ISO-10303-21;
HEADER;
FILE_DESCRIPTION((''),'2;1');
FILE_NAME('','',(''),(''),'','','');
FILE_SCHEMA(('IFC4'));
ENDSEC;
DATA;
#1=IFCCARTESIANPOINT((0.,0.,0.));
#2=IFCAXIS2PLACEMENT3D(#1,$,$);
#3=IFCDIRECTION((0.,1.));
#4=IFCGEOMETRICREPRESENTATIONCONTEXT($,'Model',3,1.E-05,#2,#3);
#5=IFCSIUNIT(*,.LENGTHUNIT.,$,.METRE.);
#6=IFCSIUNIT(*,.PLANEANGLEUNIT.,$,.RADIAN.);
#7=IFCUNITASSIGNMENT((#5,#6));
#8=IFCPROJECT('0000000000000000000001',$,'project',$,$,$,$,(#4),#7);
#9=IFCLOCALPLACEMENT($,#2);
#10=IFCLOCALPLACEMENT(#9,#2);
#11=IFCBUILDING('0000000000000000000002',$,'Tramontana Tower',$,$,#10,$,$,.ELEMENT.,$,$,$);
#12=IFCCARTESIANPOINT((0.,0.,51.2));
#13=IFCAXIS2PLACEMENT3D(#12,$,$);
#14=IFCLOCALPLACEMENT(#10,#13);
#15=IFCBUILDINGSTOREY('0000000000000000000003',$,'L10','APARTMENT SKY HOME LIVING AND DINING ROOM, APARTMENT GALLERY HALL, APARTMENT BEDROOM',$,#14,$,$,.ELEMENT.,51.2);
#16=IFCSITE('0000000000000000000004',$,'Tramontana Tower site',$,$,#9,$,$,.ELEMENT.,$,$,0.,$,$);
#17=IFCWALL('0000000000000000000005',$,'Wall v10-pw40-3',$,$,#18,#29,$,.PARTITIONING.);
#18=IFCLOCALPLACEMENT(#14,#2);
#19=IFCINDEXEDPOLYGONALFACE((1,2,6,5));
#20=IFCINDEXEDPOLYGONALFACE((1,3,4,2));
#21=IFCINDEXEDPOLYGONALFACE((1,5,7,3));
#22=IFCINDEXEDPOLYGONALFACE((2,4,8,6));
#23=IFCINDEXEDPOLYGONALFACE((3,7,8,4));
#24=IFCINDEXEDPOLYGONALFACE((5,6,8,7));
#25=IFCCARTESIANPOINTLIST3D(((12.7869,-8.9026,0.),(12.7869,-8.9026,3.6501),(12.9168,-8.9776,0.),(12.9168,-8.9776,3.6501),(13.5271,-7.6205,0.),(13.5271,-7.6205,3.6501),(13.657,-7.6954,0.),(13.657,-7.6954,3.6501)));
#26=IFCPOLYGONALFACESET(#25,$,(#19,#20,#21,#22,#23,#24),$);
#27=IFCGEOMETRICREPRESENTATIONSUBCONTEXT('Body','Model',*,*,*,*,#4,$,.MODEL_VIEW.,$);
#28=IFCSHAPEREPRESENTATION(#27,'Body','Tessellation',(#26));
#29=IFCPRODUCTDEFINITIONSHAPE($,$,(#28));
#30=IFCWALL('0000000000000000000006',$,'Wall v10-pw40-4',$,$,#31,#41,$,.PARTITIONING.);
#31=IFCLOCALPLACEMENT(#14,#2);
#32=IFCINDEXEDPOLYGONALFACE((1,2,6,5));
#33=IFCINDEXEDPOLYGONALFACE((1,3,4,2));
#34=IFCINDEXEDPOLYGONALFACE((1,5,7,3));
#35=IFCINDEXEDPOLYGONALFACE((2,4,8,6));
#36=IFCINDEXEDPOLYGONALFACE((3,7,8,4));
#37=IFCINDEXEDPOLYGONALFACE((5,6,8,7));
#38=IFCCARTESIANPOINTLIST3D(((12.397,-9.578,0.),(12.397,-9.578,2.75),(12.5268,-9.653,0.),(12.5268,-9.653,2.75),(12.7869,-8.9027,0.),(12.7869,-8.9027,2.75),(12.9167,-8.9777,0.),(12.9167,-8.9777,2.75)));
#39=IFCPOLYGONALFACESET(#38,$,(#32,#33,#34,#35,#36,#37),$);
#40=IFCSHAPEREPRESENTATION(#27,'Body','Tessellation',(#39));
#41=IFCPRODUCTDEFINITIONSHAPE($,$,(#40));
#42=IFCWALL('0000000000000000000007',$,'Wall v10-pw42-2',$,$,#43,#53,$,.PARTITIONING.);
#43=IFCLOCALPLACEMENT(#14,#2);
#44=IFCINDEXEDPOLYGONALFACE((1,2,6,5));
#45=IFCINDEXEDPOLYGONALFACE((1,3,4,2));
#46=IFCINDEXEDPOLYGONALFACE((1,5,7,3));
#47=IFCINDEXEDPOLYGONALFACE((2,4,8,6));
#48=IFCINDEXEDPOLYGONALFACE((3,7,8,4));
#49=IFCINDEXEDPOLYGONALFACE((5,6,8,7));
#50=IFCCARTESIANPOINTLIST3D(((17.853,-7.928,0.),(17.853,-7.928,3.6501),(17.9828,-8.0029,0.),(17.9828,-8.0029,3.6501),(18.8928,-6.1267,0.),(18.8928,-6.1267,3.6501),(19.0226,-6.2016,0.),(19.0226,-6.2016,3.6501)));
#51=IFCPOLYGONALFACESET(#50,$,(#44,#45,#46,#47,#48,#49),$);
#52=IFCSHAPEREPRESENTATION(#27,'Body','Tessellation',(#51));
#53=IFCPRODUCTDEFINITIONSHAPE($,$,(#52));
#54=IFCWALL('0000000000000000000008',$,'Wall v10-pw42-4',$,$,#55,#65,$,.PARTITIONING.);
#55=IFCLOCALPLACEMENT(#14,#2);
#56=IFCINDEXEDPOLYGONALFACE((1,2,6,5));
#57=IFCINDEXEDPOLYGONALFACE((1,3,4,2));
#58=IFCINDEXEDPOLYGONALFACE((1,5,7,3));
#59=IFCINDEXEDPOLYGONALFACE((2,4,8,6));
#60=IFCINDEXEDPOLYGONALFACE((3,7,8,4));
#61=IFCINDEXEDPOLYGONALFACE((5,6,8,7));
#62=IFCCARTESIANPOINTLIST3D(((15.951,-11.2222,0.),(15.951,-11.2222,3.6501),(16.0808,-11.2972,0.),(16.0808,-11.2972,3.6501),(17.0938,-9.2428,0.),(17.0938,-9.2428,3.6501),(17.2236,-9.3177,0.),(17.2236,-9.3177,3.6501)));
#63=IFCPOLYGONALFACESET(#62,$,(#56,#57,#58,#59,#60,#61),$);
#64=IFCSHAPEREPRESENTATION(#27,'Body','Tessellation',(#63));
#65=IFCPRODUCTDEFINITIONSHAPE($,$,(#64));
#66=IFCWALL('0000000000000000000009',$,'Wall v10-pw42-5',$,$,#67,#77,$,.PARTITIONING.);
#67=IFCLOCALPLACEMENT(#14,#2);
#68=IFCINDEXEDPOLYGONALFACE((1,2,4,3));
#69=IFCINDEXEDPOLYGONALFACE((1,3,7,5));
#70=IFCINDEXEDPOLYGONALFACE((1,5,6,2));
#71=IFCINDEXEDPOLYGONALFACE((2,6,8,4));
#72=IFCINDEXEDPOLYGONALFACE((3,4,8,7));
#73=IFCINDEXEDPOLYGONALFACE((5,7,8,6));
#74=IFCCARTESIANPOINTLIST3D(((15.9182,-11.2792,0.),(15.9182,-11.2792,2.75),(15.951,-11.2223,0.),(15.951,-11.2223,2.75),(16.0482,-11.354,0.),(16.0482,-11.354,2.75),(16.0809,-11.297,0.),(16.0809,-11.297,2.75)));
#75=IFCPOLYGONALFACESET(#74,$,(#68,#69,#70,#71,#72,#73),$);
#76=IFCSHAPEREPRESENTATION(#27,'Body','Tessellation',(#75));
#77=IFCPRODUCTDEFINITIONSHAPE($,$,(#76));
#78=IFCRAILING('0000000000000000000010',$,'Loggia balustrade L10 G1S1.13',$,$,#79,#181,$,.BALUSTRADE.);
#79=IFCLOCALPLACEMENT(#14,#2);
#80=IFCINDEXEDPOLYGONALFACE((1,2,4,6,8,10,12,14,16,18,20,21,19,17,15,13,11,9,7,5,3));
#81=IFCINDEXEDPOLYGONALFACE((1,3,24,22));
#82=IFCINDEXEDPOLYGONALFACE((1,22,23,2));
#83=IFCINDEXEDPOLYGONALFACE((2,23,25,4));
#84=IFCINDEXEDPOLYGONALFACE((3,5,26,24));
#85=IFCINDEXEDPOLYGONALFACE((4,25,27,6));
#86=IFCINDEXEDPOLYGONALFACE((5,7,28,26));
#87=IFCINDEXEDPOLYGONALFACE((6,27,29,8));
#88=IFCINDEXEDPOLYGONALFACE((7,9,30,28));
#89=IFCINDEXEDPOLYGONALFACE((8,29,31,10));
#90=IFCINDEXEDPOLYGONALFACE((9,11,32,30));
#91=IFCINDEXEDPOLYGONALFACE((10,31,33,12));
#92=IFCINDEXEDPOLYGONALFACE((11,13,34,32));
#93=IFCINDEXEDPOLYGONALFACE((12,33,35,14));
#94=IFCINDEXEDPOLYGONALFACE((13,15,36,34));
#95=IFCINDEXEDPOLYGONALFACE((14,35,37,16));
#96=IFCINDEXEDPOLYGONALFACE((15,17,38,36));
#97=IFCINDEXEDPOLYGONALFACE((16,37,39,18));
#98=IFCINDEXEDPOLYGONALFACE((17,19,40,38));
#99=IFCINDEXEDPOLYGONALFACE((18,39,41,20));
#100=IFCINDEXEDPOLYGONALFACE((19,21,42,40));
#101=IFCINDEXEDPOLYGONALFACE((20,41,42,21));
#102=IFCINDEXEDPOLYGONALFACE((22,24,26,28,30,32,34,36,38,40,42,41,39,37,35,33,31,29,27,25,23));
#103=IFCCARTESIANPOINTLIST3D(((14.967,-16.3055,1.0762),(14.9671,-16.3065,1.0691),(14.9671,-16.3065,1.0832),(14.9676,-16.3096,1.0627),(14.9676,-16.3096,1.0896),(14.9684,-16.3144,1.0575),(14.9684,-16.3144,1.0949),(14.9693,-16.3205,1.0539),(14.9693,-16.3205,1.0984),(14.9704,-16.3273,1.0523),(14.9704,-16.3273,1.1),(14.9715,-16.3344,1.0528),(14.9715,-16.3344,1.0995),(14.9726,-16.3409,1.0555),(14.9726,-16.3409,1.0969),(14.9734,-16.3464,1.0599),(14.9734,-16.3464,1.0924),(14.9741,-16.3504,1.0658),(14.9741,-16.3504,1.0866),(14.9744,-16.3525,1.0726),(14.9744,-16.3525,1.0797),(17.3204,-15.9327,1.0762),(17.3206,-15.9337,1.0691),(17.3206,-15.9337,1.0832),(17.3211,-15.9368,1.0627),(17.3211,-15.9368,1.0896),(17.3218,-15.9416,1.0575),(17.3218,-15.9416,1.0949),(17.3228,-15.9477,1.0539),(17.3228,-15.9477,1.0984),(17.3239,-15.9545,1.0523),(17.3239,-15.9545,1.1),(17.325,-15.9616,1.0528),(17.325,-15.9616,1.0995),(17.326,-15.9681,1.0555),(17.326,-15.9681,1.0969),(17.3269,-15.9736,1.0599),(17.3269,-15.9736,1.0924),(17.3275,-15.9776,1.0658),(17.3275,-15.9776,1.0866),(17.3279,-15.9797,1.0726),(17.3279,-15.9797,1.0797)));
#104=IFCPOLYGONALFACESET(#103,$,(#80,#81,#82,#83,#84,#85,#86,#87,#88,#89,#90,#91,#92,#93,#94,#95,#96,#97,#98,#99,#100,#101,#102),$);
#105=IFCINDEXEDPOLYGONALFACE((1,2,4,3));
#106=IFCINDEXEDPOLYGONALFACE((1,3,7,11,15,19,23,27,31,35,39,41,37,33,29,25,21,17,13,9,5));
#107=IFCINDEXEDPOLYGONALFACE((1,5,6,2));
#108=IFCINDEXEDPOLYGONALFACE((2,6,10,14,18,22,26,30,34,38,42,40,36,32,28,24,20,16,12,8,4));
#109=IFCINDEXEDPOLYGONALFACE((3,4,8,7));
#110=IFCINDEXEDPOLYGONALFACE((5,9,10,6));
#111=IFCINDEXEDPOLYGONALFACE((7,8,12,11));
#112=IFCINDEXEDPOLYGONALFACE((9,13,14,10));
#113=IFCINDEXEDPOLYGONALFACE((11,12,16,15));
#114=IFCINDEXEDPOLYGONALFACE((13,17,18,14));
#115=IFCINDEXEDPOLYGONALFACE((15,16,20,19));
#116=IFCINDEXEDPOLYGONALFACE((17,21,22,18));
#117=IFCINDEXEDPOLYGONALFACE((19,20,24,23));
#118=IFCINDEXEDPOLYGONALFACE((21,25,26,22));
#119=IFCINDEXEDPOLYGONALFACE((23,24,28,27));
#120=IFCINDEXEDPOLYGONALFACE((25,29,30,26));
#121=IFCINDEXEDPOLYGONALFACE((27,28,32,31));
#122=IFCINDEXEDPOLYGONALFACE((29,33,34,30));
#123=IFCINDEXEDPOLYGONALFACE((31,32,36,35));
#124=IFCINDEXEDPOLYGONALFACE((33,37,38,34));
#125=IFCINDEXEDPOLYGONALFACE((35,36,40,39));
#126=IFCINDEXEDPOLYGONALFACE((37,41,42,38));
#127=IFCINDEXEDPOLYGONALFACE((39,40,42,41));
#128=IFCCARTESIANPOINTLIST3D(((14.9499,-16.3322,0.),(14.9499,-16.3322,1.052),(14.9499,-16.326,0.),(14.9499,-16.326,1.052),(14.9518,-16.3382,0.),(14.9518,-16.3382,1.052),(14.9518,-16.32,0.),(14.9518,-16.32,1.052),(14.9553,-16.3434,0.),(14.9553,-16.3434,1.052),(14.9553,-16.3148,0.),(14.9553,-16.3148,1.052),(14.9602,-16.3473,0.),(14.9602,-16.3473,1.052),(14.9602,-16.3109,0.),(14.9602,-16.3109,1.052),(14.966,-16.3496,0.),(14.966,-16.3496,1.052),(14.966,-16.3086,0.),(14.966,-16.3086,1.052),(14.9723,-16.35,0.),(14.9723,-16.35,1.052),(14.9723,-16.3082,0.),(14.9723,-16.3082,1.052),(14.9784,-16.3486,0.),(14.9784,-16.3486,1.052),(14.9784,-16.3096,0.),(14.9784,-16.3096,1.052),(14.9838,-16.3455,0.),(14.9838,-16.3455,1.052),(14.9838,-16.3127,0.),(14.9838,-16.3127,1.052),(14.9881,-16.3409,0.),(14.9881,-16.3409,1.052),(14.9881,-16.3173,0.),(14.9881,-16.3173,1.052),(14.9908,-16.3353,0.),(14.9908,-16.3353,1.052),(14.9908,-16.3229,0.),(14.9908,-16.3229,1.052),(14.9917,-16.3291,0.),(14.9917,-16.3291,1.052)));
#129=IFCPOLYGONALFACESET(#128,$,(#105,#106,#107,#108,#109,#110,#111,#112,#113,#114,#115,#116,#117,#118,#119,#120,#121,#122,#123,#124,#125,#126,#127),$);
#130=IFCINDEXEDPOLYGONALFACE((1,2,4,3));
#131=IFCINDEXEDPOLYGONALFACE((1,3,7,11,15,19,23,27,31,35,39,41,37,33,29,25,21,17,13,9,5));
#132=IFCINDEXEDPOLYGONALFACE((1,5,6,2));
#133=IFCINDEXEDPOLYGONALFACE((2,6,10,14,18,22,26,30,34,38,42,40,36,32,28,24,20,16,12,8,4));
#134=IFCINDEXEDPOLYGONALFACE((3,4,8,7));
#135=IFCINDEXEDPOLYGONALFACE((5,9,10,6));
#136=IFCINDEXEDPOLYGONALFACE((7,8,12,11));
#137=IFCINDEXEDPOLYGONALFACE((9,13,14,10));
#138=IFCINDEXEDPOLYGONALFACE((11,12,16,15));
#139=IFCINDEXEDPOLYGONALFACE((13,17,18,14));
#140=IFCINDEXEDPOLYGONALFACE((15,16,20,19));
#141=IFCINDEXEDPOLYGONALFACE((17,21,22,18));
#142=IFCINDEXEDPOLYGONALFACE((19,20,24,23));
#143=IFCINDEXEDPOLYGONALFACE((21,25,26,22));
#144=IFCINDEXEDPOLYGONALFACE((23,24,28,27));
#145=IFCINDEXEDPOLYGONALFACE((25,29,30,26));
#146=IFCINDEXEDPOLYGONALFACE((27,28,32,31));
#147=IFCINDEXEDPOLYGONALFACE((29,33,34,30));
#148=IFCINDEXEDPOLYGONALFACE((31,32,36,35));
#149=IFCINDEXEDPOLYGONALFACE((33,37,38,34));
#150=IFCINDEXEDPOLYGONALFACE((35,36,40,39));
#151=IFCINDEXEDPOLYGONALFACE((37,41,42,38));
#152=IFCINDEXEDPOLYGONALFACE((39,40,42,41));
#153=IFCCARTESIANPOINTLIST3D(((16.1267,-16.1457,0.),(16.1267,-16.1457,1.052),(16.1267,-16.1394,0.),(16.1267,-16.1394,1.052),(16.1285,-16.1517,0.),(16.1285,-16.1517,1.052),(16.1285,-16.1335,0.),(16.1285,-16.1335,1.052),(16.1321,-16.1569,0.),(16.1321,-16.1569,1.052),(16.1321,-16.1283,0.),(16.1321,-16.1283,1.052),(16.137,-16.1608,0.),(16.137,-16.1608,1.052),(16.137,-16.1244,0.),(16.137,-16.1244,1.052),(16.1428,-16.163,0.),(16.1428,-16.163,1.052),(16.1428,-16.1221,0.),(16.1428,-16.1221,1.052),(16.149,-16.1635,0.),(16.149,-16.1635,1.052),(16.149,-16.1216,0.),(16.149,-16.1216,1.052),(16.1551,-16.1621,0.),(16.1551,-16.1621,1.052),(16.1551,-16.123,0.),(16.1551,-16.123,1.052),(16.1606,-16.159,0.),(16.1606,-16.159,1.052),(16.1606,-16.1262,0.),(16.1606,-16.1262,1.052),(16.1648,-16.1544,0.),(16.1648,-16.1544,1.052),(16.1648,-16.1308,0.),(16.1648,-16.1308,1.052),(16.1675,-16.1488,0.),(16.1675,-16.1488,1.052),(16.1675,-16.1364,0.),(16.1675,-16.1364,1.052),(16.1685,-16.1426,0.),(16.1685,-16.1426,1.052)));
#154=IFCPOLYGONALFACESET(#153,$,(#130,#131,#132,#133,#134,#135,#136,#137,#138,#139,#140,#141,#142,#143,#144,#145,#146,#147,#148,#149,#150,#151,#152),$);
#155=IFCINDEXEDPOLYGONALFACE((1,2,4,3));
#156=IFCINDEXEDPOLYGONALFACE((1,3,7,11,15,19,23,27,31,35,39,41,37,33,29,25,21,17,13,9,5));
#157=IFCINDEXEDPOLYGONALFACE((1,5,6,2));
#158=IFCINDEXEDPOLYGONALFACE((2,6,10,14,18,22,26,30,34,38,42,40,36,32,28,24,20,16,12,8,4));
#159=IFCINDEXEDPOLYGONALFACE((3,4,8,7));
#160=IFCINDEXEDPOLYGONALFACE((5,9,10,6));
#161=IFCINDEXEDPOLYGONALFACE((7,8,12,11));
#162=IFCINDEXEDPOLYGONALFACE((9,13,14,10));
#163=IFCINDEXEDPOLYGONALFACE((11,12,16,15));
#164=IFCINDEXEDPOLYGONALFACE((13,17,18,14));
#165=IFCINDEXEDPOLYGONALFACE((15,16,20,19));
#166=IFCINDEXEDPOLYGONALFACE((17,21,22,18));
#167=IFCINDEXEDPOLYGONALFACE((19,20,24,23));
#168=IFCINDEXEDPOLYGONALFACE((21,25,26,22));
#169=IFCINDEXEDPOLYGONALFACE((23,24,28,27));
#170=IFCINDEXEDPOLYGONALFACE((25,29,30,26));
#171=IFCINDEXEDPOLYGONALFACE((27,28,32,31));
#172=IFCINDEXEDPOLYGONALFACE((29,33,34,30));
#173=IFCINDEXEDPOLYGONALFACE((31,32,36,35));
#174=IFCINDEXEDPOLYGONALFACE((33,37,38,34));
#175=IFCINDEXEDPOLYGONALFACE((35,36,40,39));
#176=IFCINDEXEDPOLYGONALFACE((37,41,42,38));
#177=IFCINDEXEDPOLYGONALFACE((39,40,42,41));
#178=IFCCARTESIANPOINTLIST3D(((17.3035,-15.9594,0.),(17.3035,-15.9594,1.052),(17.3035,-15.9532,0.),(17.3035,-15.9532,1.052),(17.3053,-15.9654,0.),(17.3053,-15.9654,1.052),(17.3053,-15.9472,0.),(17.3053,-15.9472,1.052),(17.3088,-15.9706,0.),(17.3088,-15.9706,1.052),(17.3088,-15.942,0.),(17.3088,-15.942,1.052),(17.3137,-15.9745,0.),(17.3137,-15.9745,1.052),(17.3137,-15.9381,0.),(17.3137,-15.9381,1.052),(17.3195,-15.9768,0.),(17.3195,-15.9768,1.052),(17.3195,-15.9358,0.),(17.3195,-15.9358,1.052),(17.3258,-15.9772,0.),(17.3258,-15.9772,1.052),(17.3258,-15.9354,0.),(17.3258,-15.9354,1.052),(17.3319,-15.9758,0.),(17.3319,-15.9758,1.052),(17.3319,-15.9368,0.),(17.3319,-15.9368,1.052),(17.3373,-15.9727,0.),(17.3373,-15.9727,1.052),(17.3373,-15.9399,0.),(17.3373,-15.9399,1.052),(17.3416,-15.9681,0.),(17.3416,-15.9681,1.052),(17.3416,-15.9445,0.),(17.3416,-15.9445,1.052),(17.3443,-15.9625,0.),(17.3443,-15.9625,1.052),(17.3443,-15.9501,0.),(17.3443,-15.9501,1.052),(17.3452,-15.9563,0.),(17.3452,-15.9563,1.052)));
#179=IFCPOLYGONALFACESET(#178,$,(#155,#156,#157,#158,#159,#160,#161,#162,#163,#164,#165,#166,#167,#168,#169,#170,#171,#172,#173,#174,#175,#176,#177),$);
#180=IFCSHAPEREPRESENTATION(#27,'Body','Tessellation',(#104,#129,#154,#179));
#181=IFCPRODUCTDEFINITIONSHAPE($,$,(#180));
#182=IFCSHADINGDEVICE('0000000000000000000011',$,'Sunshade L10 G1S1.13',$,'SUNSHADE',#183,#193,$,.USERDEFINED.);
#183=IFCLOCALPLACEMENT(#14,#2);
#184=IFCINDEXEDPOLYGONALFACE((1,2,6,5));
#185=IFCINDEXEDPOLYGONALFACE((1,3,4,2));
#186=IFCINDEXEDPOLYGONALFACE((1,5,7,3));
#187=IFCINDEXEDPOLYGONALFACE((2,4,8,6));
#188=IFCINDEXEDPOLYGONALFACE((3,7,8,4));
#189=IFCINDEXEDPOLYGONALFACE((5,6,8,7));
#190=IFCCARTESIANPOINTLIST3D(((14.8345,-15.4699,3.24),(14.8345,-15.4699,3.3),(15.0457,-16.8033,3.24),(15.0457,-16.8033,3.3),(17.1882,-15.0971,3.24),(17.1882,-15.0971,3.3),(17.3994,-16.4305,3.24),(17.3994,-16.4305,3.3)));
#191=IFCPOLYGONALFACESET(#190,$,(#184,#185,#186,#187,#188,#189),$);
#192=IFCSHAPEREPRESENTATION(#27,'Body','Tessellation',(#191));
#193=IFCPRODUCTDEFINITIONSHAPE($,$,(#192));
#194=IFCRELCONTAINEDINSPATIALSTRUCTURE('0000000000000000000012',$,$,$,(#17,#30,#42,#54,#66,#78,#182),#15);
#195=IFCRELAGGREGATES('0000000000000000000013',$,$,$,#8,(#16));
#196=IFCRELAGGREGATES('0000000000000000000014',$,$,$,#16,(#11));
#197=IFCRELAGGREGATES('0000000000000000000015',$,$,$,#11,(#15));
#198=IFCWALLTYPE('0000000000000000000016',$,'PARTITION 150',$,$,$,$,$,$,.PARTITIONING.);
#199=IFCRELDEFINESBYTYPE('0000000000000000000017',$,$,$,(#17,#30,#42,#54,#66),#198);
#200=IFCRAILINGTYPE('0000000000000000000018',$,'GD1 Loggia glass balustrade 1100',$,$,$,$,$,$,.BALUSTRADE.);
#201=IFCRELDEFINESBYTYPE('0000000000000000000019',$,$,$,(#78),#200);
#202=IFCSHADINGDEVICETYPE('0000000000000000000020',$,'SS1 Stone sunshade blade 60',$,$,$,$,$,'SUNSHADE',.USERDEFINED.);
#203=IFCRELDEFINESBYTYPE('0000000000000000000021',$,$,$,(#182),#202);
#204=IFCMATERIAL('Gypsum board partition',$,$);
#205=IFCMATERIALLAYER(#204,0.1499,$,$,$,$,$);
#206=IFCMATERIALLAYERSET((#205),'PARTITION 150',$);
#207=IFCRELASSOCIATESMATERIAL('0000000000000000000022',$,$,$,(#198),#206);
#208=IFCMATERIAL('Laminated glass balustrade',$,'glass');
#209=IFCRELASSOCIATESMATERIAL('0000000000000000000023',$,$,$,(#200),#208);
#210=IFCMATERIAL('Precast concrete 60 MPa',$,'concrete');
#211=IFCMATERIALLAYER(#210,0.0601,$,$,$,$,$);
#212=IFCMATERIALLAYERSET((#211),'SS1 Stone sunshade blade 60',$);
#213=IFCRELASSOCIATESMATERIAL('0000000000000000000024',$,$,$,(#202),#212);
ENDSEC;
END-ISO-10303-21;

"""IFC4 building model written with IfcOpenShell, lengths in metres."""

from ifc_helpers import new_model, si_unit, direction, frame, frame_2d, origin, origin_2d, place, context, subcontext, project, spatial, rectangle, circle, extrude, material, layer, layer_set, type_object, element, save


model = new_model("IFC4")

# Units and contexts
model_context = context("Model", 3, precision=1e-05, world=origin(), true_north=direction((0.0, 1.0)))
body_context = subcontext(model_context, "Body", "Model", "MODEL_VIEW")
ifc_project = project(units=[si_unit("LENGTHUNIT", "METRE"), si_unit("PLANEANGLEUNIT", "RADIAN")], contexts=[model_context])

# Site, building, storey
site_placement = place(None, origin())
site = spatial("IfcSite", under=ifc_project, at=site_placement, Name="Tramontana Tower site", CompositionType="ELEMENT", RefElevation=0.0)
building_placement = place(site_placement, origin())
building = spatial("IfcBuilding", under=site, at=building_placement, Name="Tramontana Tower", CompositionType="ELEMENT")
storey_placement = place(building_placement, frame((0.0, 0.0, 51.2)))
storey = spatial("IfcBuildingStorey", under=building, at=storey_placement, Name="L10", Description="APARTMENT SKY HOME LIVING AND DINING ROOM, APARTMENT GALLERY HALL, APARTMENT BEDROOM", CompositionType="ELEMENT", Elevation=51.2)

# Shared definitions
ifc_material_1 = material(Name="Gypsum board partition")
ifc_layer_1 = layer(ifc_material_1, 0.1499)
ifc_layer_set_1 = layer_set([ifc_layer_1], Name="PARTITION 150")
wall_type_1 = type_object("IfcWallType", Name="PARTITION 150", PredefinedType="PARTITIONING", material=ifc_layer_set_1)

# Walls
wall_1_placement = place(storey_placement, frame((13.592, -7.658, 0.0), z_axis=(0.0, 0.0, 1.0), x_axis=(-0.49997, -0.866043, 0.0)))
element("IfcWall", 1, at=wall_1_placement, inside=storey, type_object=wall_type_1, Name="Wall v10-pw40-3", PredefinedType="PARTITIONING", context=body_context, shape_type="SweptSolid", body=[
    extrude(rectangle(XDim=1.4805, YDim=0.1499, at=frame_2d((0.7402, 0.0))), origin(), (0.0, 0.0, 1.0), 3.6501),
])
wall_2_placement = place(storey_placement, frame((12.8518, -8.9402, 0.0), z_axis=(0.0, 0.0, 1.0), x_axis=(-0.500012, -0.866019, 0.0)))
element("IfcWall", 2, at=wall_2_placement, inside=storey, type_object=wall_type_1, Name="Wall v10-pw40-4", PredefinedType="PARTITIONING", context=body_context, shape_type="SweptSolid", body=[
    extrude(rectangle(XDim=0.7798, YDim=0.1499, at=frame_2d((0.3899, 0.0))), origin(), (0.0, 0.0, 1.0), 2.75),
])

# Wall
wall_3_placement = place(storey_placement, frame((18.9578, -6.1641, 0.0), z_axis=(0.0, 0.0, 1.0), x_axis=(-0.499939, -0.86606, 0.0)))
element("IfcWall", 3, at=wall_3_placement, inside=storey, type_object=wall_type_1, Name="Wall v10-pw42-2", PredefinedType="PARTITIONING", context=body_context, shape_type="SweptSolid", body=[
    extrude(rectangle(XDim=2.0798, YDim=0.1499, at=frame_2d((1.04, 0.0))), origin(), (0.0, 0.0, 1.0), 3.6501),
])

# Walls
wall_4_placement = place(storey_placement, frame((17.1587, -9.2803, 0.0), z_axis=(0.0, 0.0, 1.0), x_axis=(-0.499988, -0.866033, 0.0)))
element("IfcWall", 4, at=wall_4_placement, inside=storey, type_object=wall_type_1, Name="Wall v10-pw42-4", PredefinedType="PARTITIONING", context=body_context, shape_type="SweptSolid", body=[
    extrude(rectangle(XDim=2.2856, YDim=0.1499, at=frame_2d((1.1428, 0.0))), origin(), (0.0, 0.0, 1.0), 3.6501),
])
wall_5_placement = place(storey_placement, frame((16.0159, -11.2598, 0.0), z_axis=(0.0, 0.0, 1.0), x_axis=(-0.498541, -0.866866, 0.0)))
element("IfcWall", 5, at=wall_5_placement, inside=storey, type_object=wall_type_1, Name="Wall v10-pw42-5", PredefinedType="PARTITIONING", context=body_context, shape_type="SweptSolid", body=[
    extrude(rectangle(XDim=0.0657, YDim=0.1499, at=frame_2d((0.0327, 0.0))), origin(), (0.0, 0.0, 1.0), 2.75),
])

# Railing
ifc_material_2 = material(Name="Laminated glass balustrade", Category="glass")
railing_type = type_object("IfcRailingType", Name="GD1 Loggia glass balustrade 1100", PredefinedType="BALUSTRADE", material=ifc_material_2)
railing_placement = place(storey_placement, frame((14.9707, -16.3291, 0.0)))
element("IfcRailing", 6, at=railing_placement, inside=storey, type_object=railing_type, Name="Loggia balustrade L10 G1S1.13", PredefinedType="BALUSTRADE", context=body_context, shape_type="SweptSolid", body=[
    extrude(circle(Radius=0.0239, at=origin_2d()), frame((0.0, 0.0, 1.0762), z_axis=(0.987686, 0.156452, 0.0), x_axis=(-0.156452, 0.987686, 0.0)), (0.0, 0.0, 1.0), 2.3828),
    extrude(circle(Radius=0.021, at=origin_2d()), origin(), (0.0, 0.0, 1.0), 1.052),
    extrude(circle(Radius=0.021, at=origin_2d()), frame((1.1768, 0.1865, 0.0)), (0.0, 0.0, 1.0), 1.052),
    extrude(circle(Radius=0.021, at=origin_2d()), frame((2.3535, 0.3728, 0.0)), (0.0, 0.0, 1.0), 1.052),
])

# Shading device
ifc_material_3 = material(Name="Precast concrete 60 MPa", Category="concrete")
ifc_layer_2 = layer(ifc_material_3, 0.0601)
ifc_layer_set_2 = layer_set([ifc_layer_2], Name="SS1 Stone sunshade blade 60")
shading_device_type = type_object("IfcShadingDeviceType", Name="SS1 Stone sunshade blade 60", ElementType="SUNSHADE", PredefinedType="USERDEFINED", material=ifc_layer_set_2)
shading_device_placement = place(storey_placement, frame((16.1169, -15.9502, 3.24), z_axis=(0.0, 0.0, 1.0), x_axis=(0.987688, 0.156434, 0.0)))
element("IfcShadingDevice", 7, at=shading_device_placement, inside=storey, type_object=shading_device_type, Name="Sunshade L10 G1S1.13", ObjectType="SUNSHADE", PredefinedType="USERDEFINED", context=body_context, shape_type="SweptSolid", body=[
    extrude(rectangle(XDim=2.3831, YDim=1.3501, at=origin_2d()), origin(), (0.0, 0.0, 1.0), 0.0601),
])

save(model, "model.ifc")
